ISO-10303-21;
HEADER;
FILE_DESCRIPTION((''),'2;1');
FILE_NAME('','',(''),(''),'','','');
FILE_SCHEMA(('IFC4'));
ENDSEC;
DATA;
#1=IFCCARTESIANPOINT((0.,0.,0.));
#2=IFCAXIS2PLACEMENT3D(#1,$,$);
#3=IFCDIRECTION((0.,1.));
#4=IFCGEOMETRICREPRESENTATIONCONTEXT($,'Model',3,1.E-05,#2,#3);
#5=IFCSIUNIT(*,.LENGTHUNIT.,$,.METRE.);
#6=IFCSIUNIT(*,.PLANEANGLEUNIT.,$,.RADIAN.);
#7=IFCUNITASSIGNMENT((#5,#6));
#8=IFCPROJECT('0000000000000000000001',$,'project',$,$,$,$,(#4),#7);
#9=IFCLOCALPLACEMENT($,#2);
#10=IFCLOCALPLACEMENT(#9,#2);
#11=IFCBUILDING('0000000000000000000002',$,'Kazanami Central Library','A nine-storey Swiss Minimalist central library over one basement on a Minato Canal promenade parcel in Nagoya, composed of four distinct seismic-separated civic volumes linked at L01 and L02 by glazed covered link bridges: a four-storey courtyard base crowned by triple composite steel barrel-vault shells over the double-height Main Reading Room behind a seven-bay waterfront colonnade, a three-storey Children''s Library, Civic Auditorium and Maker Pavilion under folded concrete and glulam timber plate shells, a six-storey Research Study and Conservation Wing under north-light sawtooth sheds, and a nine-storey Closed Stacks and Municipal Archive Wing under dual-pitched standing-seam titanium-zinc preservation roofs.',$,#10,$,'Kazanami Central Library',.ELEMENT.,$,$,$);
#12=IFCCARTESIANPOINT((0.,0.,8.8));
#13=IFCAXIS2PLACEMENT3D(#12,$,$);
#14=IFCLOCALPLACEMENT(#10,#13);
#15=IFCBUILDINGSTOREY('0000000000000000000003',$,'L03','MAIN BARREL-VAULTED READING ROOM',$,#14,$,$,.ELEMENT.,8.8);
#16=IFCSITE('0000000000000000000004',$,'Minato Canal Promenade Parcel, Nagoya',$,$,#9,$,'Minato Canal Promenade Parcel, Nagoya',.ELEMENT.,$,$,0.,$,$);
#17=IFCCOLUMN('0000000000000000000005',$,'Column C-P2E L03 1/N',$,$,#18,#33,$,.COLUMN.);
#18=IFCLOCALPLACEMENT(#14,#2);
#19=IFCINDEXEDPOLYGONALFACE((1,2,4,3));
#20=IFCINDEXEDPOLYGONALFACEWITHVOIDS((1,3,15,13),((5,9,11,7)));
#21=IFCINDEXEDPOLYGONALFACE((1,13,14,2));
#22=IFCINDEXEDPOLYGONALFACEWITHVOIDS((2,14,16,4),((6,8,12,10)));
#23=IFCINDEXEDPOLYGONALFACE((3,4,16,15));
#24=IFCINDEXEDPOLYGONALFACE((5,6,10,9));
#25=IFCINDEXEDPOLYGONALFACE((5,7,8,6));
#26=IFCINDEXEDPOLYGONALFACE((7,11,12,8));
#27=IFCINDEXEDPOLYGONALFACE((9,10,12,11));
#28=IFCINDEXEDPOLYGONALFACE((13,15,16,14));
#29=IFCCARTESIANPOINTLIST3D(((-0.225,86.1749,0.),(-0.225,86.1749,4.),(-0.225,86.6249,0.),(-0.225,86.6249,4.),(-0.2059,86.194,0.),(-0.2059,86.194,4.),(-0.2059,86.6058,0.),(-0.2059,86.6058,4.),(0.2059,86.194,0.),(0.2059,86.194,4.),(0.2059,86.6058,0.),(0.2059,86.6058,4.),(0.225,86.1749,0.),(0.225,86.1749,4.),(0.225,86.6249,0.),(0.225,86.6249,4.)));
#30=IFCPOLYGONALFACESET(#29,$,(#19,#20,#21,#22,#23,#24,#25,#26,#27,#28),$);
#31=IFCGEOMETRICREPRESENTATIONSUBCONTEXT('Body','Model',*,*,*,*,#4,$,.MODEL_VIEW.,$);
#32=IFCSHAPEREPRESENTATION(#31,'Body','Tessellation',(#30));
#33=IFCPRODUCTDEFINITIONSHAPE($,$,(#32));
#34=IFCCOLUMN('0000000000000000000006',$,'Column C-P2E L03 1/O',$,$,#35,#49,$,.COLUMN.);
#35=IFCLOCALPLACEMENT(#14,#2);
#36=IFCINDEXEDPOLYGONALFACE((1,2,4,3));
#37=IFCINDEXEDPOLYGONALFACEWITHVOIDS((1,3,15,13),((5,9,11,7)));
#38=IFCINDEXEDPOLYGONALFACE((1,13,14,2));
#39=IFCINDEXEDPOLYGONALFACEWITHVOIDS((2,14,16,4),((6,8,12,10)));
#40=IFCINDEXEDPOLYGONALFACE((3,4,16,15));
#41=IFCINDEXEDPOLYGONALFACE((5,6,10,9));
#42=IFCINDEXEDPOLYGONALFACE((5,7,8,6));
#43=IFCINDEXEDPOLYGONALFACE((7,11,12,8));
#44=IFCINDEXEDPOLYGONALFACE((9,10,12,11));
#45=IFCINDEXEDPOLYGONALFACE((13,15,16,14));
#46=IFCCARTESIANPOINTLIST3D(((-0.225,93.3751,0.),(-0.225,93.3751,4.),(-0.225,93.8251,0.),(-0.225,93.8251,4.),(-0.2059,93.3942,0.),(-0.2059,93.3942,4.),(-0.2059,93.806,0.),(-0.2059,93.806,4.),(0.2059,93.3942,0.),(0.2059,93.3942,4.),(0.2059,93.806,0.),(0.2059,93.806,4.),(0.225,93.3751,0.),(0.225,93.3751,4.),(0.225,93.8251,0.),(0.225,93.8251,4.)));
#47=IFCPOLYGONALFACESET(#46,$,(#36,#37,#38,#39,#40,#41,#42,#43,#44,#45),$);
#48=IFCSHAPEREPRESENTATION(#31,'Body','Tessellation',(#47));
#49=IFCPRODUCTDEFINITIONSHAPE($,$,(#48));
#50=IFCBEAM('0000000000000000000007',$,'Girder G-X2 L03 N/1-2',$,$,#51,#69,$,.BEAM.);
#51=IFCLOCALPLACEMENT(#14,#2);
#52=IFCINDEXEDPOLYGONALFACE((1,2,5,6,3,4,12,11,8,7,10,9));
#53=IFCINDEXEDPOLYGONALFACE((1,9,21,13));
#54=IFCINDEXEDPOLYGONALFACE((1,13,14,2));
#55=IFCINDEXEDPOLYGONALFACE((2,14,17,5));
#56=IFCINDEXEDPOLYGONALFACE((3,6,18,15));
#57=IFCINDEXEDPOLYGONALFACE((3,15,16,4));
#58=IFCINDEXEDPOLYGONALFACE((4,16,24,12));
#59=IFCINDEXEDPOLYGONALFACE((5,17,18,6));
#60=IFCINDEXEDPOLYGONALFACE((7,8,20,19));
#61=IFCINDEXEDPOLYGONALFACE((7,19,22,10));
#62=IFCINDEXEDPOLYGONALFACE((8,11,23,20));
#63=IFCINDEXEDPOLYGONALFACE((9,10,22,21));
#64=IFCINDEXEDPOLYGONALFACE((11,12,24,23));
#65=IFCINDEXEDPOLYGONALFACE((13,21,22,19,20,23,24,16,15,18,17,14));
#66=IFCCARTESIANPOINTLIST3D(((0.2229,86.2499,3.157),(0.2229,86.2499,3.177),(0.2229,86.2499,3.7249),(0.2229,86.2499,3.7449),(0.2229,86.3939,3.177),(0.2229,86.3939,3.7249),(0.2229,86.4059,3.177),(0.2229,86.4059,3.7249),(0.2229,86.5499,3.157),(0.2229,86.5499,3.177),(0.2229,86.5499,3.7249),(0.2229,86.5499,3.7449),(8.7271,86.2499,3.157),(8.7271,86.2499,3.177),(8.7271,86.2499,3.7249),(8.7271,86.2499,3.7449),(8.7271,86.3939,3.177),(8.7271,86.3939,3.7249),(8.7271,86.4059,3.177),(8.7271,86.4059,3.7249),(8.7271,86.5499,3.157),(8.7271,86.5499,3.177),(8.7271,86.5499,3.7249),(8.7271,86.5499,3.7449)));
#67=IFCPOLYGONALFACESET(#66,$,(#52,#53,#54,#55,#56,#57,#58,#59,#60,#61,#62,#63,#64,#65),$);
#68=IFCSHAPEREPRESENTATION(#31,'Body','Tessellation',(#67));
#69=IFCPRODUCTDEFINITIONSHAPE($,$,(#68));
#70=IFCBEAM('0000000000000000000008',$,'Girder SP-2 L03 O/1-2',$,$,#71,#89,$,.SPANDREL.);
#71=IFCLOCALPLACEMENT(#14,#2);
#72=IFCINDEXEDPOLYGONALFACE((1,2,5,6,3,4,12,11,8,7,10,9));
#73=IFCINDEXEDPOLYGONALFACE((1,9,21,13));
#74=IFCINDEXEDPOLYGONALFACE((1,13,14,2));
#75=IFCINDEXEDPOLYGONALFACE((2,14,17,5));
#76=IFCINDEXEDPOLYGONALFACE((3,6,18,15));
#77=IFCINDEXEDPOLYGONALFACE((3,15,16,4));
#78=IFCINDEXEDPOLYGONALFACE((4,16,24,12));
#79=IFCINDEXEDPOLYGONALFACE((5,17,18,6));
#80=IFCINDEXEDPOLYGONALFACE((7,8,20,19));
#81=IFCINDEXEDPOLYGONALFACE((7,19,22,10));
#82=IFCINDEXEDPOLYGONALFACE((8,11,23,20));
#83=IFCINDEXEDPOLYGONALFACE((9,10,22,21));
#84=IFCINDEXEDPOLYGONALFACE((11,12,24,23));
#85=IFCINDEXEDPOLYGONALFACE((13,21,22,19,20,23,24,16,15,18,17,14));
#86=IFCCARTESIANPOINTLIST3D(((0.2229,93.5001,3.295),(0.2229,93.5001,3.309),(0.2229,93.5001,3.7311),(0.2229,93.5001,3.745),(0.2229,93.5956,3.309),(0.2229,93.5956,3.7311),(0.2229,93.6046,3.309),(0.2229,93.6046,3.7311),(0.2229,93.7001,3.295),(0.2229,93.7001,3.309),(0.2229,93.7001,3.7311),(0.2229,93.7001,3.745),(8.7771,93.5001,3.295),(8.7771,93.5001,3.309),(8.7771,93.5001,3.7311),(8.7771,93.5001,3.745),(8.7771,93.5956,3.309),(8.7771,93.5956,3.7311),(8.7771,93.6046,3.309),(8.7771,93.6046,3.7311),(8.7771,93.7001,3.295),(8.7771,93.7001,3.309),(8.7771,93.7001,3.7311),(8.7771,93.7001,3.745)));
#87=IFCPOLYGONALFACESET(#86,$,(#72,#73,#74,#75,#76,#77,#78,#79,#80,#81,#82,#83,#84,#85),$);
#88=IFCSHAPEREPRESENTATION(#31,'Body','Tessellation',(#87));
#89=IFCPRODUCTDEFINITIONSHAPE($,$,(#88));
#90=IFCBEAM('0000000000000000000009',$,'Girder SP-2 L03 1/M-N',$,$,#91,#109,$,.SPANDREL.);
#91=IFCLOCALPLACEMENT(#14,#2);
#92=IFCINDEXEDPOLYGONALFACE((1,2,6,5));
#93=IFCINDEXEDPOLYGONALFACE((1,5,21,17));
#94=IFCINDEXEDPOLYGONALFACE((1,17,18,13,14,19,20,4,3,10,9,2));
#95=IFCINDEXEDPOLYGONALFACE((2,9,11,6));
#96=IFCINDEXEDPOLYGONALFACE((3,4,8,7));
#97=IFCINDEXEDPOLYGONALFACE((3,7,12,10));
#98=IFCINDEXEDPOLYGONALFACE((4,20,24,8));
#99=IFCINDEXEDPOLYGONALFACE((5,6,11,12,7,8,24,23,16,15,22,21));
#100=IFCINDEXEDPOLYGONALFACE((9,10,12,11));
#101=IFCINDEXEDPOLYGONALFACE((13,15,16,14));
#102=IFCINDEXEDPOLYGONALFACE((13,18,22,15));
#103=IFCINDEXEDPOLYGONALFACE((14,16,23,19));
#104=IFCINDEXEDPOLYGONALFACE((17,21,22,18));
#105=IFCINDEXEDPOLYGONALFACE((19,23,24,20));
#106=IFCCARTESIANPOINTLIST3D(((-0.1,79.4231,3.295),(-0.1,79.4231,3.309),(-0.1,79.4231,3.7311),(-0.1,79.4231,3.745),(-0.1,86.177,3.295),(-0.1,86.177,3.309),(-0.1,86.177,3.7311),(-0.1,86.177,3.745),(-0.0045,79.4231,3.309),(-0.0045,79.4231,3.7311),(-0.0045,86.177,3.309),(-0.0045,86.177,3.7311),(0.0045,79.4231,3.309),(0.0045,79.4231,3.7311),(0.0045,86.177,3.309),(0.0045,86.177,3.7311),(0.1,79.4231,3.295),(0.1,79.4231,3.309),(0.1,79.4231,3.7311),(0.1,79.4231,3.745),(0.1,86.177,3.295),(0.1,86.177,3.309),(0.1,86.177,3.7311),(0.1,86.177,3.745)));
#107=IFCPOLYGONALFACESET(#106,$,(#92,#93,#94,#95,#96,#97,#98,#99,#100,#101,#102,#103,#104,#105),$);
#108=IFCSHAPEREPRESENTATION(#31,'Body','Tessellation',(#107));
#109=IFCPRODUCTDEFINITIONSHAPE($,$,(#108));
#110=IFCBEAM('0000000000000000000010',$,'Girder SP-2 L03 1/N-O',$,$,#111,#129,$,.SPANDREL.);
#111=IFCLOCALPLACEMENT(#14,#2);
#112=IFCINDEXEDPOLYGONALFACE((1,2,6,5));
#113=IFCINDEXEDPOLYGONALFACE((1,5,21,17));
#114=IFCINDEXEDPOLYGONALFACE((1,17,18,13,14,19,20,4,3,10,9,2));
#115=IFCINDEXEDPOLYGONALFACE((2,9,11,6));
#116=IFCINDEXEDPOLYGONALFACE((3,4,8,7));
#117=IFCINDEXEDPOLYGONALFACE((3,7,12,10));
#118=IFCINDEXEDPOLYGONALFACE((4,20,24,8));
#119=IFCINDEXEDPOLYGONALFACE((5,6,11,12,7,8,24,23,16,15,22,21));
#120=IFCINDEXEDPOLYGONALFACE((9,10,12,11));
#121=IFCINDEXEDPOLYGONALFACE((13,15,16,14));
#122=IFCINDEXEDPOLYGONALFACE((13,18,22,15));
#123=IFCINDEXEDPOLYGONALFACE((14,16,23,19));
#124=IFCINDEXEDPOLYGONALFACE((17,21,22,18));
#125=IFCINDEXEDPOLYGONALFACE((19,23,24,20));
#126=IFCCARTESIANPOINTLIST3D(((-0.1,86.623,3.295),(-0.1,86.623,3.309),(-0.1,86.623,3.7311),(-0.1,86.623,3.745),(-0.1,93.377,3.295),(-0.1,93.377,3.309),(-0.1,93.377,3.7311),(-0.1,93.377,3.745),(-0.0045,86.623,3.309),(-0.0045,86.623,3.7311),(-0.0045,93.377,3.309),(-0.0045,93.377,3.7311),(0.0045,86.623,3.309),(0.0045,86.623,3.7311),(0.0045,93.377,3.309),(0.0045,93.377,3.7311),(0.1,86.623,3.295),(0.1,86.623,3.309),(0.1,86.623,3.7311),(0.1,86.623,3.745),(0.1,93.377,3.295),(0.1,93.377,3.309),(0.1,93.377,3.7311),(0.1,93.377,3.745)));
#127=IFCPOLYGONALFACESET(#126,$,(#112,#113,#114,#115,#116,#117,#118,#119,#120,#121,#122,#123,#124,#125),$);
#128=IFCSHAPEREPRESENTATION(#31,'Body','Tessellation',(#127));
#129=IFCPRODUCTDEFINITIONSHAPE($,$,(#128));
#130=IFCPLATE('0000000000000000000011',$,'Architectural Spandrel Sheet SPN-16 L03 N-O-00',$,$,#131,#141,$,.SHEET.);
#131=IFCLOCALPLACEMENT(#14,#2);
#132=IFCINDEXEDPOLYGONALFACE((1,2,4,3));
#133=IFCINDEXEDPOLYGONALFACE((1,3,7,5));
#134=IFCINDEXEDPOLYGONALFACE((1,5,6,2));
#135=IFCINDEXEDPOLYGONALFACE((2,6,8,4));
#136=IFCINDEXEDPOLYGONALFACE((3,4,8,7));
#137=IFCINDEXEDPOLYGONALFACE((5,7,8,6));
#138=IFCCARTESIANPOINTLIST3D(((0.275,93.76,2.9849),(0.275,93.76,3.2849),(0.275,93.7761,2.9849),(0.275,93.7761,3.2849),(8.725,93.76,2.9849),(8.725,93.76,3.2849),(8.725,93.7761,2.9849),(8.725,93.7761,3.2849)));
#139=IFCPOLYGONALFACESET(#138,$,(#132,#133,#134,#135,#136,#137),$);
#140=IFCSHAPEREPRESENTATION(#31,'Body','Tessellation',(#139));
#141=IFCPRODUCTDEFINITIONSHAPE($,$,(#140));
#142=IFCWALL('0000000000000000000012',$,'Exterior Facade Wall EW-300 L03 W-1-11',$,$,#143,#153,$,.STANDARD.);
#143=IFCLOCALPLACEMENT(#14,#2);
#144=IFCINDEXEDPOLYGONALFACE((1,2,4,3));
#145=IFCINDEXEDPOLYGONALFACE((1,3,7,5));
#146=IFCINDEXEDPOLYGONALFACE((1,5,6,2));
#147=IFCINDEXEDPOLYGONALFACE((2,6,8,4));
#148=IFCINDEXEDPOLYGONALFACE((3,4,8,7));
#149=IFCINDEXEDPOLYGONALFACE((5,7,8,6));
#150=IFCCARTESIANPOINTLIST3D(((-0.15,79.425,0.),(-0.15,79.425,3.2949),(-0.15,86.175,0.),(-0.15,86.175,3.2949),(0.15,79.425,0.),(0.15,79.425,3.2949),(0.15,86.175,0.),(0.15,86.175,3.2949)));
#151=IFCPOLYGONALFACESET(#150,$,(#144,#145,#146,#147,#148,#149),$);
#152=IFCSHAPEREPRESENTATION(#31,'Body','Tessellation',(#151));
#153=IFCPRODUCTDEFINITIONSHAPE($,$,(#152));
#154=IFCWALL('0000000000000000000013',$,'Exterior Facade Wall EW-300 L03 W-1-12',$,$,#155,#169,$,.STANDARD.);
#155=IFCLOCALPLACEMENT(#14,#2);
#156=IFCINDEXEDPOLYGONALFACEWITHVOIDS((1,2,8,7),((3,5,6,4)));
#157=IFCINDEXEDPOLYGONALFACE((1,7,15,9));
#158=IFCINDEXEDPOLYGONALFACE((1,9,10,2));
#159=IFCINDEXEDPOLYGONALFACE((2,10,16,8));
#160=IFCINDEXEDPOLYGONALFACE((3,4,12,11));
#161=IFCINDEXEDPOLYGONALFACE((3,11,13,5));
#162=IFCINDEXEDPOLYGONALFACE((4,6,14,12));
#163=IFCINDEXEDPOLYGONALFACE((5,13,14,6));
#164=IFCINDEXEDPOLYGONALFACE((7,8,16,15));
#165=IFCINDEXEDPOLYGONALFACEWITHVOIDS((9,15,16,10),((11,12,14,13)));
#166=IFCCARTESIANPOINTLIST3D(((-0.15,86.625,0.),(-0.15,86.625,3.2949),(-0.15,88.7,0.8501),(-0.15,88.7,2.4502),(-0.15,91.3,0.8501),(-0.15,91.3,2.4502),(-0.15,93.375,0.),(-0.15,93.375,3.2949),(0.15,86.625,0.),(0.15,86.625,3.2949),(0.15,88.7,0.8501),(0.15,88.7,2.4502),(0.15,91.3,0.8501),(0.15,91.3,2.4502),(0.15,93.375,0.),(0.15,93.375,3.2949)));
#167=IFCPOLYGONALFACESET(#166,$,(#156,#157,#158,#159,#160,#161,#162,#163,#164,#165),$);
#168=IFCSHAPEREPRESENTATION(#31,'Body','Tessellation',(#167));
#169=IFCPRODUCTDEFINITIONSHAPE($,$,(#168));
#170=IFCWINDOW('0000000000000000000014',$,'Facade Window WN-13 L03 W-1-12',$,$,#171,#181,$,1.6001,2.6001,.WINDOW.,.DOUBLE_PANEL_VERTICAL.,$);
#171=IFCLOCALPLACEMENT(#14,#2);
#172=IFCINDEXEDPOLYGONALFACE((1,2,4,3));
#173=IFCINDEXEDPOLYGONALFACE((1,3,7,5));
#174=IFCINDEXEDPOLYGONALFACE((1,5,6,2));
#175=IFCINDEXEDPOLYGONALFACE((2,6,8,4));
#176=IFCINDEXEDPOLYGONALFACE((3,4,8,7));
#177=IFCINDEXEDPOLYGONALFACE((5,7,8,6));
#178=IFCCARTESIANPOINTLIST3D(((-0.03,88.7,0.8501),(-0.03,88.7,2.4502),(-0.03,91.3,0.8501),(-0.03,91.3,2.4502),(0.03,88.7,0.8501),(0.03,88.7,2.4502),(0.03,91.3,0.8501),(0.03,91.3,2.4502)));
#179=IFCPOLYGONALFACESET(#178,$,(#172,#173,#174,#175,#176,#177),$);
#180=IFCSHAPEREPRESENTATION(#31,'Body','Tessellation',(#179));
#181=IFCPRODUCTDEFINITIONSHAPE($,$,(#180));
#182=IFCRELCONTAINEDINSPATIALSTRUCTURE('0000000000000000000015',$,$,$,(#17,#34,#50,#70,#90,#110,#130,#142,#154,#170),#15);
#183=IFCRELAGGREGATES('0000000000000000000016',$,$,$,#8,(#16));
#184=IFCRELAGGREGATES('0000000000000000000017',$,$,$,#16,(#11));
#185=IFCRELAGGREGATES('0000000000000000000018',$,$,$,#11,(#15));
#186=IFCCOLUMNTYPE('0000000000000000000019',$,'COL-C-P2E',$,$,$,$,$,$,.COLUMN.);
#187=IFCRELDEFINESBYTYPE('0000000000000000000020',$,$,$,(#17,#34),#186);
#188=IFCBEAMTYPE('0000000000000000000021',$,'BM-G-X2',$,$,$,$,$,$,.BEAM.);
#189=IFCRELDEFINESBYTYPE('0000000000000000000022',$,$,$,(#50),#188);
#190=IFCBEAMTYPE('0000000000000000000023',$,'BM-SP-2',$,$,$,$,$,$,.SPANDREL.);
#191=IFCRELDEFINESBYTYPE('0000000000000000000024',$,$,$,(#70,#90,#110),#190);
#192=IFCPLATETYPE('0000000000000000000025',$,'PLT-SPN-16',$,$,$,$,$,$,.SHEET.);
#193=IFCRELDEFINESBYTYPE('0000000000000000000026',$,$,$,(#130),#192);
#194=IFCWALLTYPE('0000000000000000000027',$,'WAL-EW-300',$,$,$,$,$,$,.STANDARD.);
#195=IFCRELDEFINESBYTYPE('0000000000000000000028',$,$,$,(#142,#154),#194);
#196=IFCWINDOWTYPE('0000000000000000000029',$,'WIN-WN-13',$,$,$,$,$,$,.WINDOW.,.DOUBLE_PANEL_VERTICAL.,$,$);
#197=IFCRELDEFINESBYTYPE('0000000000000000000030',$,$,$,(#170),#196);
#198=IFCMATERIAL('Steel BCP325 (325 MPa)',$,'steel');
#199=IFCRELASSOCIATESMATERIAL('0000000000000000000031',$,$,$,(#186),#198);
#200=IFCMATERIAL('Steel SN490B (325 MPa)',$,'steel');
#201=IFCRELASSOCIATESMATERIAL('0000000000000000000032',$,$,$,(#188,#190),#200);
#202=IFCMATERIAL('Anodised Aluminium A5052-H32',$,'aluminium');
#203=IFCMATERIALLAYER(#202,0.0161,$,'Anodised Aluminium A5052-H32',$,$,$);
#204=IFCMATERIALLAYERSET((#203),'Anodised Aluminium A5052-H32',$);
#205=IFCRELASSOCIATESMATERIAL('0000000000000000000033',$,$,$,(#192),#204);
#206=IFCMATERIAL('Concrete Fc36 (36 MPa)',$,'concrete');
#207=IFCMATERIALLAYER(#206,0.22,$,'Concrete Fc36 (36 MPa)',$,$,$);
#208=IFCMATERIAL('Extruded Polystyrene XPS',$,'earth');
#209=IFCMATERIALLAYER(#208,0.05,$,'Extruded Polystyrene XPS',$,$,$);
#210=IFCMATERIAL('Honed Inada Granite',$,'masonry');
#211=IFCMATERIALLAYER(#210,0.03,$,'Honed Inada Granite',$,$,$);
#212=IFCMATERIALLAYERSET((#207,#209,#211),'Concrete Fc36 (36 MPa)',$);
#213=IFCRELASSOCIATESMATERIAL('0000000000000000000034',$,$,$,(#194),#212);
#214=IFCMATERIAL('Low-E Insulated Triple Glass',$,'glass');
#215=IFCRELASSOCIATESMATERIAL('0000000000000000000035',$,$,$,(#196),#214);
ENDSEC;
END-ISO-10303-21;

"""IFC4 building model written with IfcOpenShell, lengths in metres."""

from ifc_helpers import new_model, si_unit, direction, frame, frame_2d, origin, origin_2d, place, context, subcontext, project, spatial, rectangle, hollow_rectangle, i_section, extrude, material, layer, layer_set, material_profile, profile_set, type_object, element, fill, save


model = new_model("IFC4")

# Units and contexts
model_context = context("Model", 3, precision=1e-05, world=origin(), true_north=direction((0.0, 1.0)))
body_context = subcontext(model_context, "Body", "Model", "MODEL_VIEW")
ifc_project = project(units=[si_unit("LENGTHUNIT", "METRE"), si_unit("PLANEANGLEUNIT", "RADIAN")], contexts=[model_context])

# Site, building, storey
site_placement = place(None, origin())
site = spatial("IfcSite", under=ifc_project, at=site_placement, Name="Minato Canal Promenade Parcel, Nagoya", LongName="Minato Canal Promenade Parcel, Nagoya", CompositionType="ELEMENT", RefElevation=0.0)
building_placement = place(site_placement, origin())
building = spatial("IfcBuilding", under=site, at=building_placement, Name="Kazanami Central Library", Description="A nine-storey Swiss Minimalist central library over one basement on a Minato Canal promenade parcel in Nagoya, composed of four distinct seismic-separated civic volumes linked at L01 and L02 by glazed covered link bridges: a four-storey courtyard base crowned by triple composite steel barrel-vault shells over the double-height Main Reading Room behind a seven-bay waterfront colonnade, a three-storey Children's Library, Civic Auditorium and Maker Pavilion under folded concrete and glulam timber plate shells, a six-storey Research Study and Conservation Wing under north-light sawtooth sheds, and a nine-storey Closed Stacks and Municipal Archive Wing under dual-pitched standing-seam titanium-zinc preservation roofs.", LongName="Kazanami Central Library", CompositionType="ELEMENT")
storey_placement = place(building_placement, frame((0.0, 0.0, 8.8)))
storey = spatial("IfcBuildingStorey", under=building, at=storey_placement, Name="L03", Description="MAIN BARREL-VAULTED READING ROOM", CompositionType="ELEMENT", Elevation=8.8)

# Columns
ifc_material_1 = material(Name="Steel BCP325 (325 MPa)", Category="steel")
ifc_material_profile_1 = material_profile(ifc_material_1, hollow_rectangle(XDim=0.45, YDim=0.45, WallThickness=0.019, at=origin_2d()), Name="BCP-450x450x19")
ifc_profile_set_1 = profile_set([ifc_material_profile_1], Name="Steel BCP325 (325 MPa)")
column_type = type_object("IfcColumnType", Name="COL-C-P2E", PredefinedType="COLUMN", material=ifc_profile_set_1)
for number, where, z_axis, x_axis, name in (
    (1, (0.0, 86.3999, 0.0), (0.0, 0.0, 1.0), (1.0, 0.0, 0.0), "Column C-P2E L03 1/N"),
    (2, (0.0, 93.6001, 0.0), (0.0, 0.0, 1.0), (1.0, 0.0, 0.0), "Column C-P2E L03 1/O"),
):
    element("IfcColumn", number, at=place(storey_placement, frame(where, z_axis=z_axis, x_axis=x_axis)), inside=storey, type_object=column_type, Name=name, PredefinedType="COLUMN", context=body_context, shape_type="SweptSolid", body=[
        extrude(hollow_rectangle(XDim=0.45, YDim=0.45, WallThickness=0.019, at=origin_2d()), origin(), (0.0, 0.0, 1.0), 4.0),
    ])

# Beams
ifc_material_2 = material(Name="Steel SN490B (325 MPa)", Category="steel")
ifc_material_profile_2 = material_profile(ifc_material_2, i_section(OverallWidth=0.3, OverallDepth=0.5879, WebThickness=0.012, FlangeThickness=0.02, at=origin_2d()), Name="H-588x300x12x20")
ifc_profile_set_2 = profile_set([ifc_material_profile_2], Name="Steel SN490B (325 MPa)")
beam_type_1 = type_object("IfcBeamType", Name="BM-G-X2", PredefinedType="BEAM", material=ifc_profile_set_2)
beam_1_placement = place(storey_placement, frame((0.2229, 86.3999, 3.4509), z_axis=(1.0, 0.0, 0.0), x_axis=(0.0, 1.0, 0.0)))
element("IfcBeam", 3, at=beam_1_placement, inside=storey, type_object=beam_type_1, Name="Girder G-X2 L03 N/1-2", PredefinedType="BEAM", context=body_context, shape_type="SweptSolid", body=[
    extrude(i_section(OverallWidth=0.3, OverallDepth=0.5879, WebThickness=0.012, FlangeThickness=0.02, at=origin_2d()), origin(), (0.0, 0.0, 1.0), 8.5042),
])
ifc_material_profile_3 = material_profile(ifc_material_2, i_section(OverallWidth=0.2, OverallDepth=0.45, WebThickness=0.009, FlangeThickness=0.0139, at=origin_2d()), Name="H-450x200x9x14")
ifc_profile_set_3 = profile_set([ifc_material_profile_3], Name="Steel SN490B (325 MPa)")
beam_type_2 = type_object("IfcBeamType", Name="BM-SP-2", PredefinedType="SPANDREL", material=ifc_profile_set_3)
beam_2_placement = place(storey_placement, frame((0.2229, 93.6001, 3.52), z_axis=(1.0, 0.0, 0.0), x_axis=(0.0, 1.0, 0.0)))
element("IfcBeam", 4, at=beam_2_placement, inside=storey, type_object=beam_type_2, Name="Girder SP-2 L03 O/1-2", PredefinedType="SPANDREL", context=body_context, shape_type="SweptSolid", body=[
    extrude(i_section(OverallWidth=0.2, OverallDepth=0.45, WebThickness=0.009, FlangeThickness=0.0139, at=origin_2d()), origin(), (0.0, 0.0, 1.0), 8.5542),
])
for number, where, z_axis, x_axis, name in (
    (5, (0.0, 79.4231, 3.52), (0.0, 1.0, 0.0), (-1.0, 0.0, 0.0), "Girder SP-2 L03 1/M-N"),
    (6, (0.0, 86.623, 3.52), (0.0, 1.0, 0.0), (-1.0, 0.0, 0.0), "Girder SP-2 L03 1/N-O"),
):
    element("IfcBeam", number, at=place(storey_placement, frame(where, z_axis=z_axis, x_axis=x_axis)), inside=storey, type_object=beam_type_2, Name=name, PredefinedType="SPANDREL", context=body_context, shape_type="SweptSolid", body=[
        extrude(i_section(OverallWidth=0.2, OverallDepth=0.45, WebThickness=0.009, FlangeThickness=0.0139, at=origin_2d()), origin(), (0.0, 0.0, 1.0), 6.7539),
    ])

# Plate
ifc_material_3 = material(Name="Anodised Aluminium A5052-H32", Category="aluminium")
ifc_layer_1 = layer(ifc_material_3, 0.0161, Name="Anodised Aluminium A5052-H32")
ifc_layer_set_1 = layer_set([ifc_layer_1], Name="Anodised Aluminium A5052-H32")
plate_type = type_object("IfcPlateType", Name="PLT-SPN-16", PredefinedType="SHEET", material=ifc_layer_set_1)
plate_placement = place(storey_placement, frame((4.5, 93.7681, 2.9849), z_axis=(0.0, 0.0, 1.0), x_axis=(-1.0, 0.0, 0.0)))
element("IfcPlate", 7, at=plate_placement, inside=storey, type_object=plate_type, Name="Architectural Spandrel Sheet SPN-16 L03 N-O-00", PredefinedType="SHEET", context=body_context, shape_type="SweptSolid", body=[
    extrude(rectangle(XDim=8.45, YDim=0.0161, at=origin_2d()), origin(), (0.0, 0.0, 1.0), 0.3),
])

# Wall
ifc_material_4 = material(Name="Concrete Fc36 (36 MPa)", Category="concrete")
ifc_layer_2 = layer(ifc_material_4, 0.22, Name="Concrete Fc36 (36 MPa)")
ifc_material_5 = material(Name="Extruded Polystyrene XPS", Category="earth")
ifc_layer_3 = layer(ifc_material_5, 0.05, Name="Extruded Polystyrene XPS")
ifc_material_6 = material(Name="Honed Inada Granite", Category="masonry")
ifc_layer_4 = layer(ifc_material_6, 0.03, Name="Honed Inada Granite")
ifc_layer_set_2 = layer_set([ifc_layer_2, ifc_layer_3, ifc_layer_4], Name="Concrete Fc36 (36 MPa)")
wall_type_1 = type_object("IfcWallType", Name="WAL-EW-300", PredefinedType="STANDARD", material=ifc_layer_set_2)
wall_1_placement = place(storey_placement, frame((0.0, 79.425, 0.0), z_axis=(0.0, 0.0, 1.0), x_axis=(0.0, 1.0, 0.0)))
element("IfcWall", 8, at=wall_1_placement, inside=storey, type_object=wall_type_1, Name="Exterior Facade Wall EW-300 L03 W-1-11", PredefinedType="STANDARD", context=body_context, shape_type="SweptSolid", body=[
    extrude(rectangle(XDim=6.75, YDim=0.3, at=frame_2d((3.375, 0.0))), origin(), (0.0, 0.0, 1.0), 3.2949),
])

# Wall, opening, window
wall_2_placement = place(storey_placement, frame((0.0, 86.625, 0.0), z_axis=(0.0, 0.0, 1.0), x_axis=(0.0, 1.0, 0.0)))
wall_2 = element("IfcWall", 9, at=wall_2_placement, inside=storey, type_object=wall_type_1, Name="Exterior Facade Wall EW-300 L03 W-1-12", PredefinedType="STANDARD", context=body_context, shape_type="SweptSolid", body=[
    extrude(rectangle(XDim=6.75, YDim=0.3, at=frame_2d((3.375, 0.0))), origin(), (0.0, 0.0, 1.0), 3.2949),
])
opening_1_placement = place(wall_2_placement, frame((2.075, 0.0, 0.8501)))
opening_1 = element("IfcOpeningElement", 10, at=opening_1_placement, cuts=wall_2, PredefinedType="OPENING", context=body_context, shape_type="SweptSolid", body=[
    extrude(rectangle(XDim=2.6001, YDim=1.6001, at=frame_2d((1.3, 0.8))), frame((0.0, 0.1621, 0.0), z_axis=(0.0, -1.0, 0.0), x_axis=(1.0, 0.0, 0.0)), (0.0, 0.0, 1.0), 0.324),
])
ifc_material_7 = material(Name="Low-E Insulated Triple Glass", Category="glass")
window_type = type_object("IfcWindowType", Name="WIN-WN-13", PartitioningType="DOUBLE_PANEL_VERTICAL", PredefinedType="WINDOW", material=ifc_material_7)
window_placement = place(opening_1_placement, origin())
window = element("IfcWindow", 11, at=window_placement, inside=storey, type_object=window_type, Name="Facade Window WN-13 L03 W-1-12", OverallHeight=1.6001, OverallWidth=2.6001, PartitioningType="DOUBLE_PANEL_VERTICAL", PredefinedType="WINDOW", context=body_context, shape_type="SweptSolid", body=[
    extrude(rectangle(XDim=2.6001, YDim=1.6001, at=frame_2d((1.3, 0.8))), frame((0.0, 0.03, 0.0), z_axis=(0.0, -1.0, 0.0), x_axis=(1.0, 0.0, 0.0)), (0.0, 0.0, 1.0), 0.0601),
])
fill(opening_1, window)

save(model, "model.ifc")
